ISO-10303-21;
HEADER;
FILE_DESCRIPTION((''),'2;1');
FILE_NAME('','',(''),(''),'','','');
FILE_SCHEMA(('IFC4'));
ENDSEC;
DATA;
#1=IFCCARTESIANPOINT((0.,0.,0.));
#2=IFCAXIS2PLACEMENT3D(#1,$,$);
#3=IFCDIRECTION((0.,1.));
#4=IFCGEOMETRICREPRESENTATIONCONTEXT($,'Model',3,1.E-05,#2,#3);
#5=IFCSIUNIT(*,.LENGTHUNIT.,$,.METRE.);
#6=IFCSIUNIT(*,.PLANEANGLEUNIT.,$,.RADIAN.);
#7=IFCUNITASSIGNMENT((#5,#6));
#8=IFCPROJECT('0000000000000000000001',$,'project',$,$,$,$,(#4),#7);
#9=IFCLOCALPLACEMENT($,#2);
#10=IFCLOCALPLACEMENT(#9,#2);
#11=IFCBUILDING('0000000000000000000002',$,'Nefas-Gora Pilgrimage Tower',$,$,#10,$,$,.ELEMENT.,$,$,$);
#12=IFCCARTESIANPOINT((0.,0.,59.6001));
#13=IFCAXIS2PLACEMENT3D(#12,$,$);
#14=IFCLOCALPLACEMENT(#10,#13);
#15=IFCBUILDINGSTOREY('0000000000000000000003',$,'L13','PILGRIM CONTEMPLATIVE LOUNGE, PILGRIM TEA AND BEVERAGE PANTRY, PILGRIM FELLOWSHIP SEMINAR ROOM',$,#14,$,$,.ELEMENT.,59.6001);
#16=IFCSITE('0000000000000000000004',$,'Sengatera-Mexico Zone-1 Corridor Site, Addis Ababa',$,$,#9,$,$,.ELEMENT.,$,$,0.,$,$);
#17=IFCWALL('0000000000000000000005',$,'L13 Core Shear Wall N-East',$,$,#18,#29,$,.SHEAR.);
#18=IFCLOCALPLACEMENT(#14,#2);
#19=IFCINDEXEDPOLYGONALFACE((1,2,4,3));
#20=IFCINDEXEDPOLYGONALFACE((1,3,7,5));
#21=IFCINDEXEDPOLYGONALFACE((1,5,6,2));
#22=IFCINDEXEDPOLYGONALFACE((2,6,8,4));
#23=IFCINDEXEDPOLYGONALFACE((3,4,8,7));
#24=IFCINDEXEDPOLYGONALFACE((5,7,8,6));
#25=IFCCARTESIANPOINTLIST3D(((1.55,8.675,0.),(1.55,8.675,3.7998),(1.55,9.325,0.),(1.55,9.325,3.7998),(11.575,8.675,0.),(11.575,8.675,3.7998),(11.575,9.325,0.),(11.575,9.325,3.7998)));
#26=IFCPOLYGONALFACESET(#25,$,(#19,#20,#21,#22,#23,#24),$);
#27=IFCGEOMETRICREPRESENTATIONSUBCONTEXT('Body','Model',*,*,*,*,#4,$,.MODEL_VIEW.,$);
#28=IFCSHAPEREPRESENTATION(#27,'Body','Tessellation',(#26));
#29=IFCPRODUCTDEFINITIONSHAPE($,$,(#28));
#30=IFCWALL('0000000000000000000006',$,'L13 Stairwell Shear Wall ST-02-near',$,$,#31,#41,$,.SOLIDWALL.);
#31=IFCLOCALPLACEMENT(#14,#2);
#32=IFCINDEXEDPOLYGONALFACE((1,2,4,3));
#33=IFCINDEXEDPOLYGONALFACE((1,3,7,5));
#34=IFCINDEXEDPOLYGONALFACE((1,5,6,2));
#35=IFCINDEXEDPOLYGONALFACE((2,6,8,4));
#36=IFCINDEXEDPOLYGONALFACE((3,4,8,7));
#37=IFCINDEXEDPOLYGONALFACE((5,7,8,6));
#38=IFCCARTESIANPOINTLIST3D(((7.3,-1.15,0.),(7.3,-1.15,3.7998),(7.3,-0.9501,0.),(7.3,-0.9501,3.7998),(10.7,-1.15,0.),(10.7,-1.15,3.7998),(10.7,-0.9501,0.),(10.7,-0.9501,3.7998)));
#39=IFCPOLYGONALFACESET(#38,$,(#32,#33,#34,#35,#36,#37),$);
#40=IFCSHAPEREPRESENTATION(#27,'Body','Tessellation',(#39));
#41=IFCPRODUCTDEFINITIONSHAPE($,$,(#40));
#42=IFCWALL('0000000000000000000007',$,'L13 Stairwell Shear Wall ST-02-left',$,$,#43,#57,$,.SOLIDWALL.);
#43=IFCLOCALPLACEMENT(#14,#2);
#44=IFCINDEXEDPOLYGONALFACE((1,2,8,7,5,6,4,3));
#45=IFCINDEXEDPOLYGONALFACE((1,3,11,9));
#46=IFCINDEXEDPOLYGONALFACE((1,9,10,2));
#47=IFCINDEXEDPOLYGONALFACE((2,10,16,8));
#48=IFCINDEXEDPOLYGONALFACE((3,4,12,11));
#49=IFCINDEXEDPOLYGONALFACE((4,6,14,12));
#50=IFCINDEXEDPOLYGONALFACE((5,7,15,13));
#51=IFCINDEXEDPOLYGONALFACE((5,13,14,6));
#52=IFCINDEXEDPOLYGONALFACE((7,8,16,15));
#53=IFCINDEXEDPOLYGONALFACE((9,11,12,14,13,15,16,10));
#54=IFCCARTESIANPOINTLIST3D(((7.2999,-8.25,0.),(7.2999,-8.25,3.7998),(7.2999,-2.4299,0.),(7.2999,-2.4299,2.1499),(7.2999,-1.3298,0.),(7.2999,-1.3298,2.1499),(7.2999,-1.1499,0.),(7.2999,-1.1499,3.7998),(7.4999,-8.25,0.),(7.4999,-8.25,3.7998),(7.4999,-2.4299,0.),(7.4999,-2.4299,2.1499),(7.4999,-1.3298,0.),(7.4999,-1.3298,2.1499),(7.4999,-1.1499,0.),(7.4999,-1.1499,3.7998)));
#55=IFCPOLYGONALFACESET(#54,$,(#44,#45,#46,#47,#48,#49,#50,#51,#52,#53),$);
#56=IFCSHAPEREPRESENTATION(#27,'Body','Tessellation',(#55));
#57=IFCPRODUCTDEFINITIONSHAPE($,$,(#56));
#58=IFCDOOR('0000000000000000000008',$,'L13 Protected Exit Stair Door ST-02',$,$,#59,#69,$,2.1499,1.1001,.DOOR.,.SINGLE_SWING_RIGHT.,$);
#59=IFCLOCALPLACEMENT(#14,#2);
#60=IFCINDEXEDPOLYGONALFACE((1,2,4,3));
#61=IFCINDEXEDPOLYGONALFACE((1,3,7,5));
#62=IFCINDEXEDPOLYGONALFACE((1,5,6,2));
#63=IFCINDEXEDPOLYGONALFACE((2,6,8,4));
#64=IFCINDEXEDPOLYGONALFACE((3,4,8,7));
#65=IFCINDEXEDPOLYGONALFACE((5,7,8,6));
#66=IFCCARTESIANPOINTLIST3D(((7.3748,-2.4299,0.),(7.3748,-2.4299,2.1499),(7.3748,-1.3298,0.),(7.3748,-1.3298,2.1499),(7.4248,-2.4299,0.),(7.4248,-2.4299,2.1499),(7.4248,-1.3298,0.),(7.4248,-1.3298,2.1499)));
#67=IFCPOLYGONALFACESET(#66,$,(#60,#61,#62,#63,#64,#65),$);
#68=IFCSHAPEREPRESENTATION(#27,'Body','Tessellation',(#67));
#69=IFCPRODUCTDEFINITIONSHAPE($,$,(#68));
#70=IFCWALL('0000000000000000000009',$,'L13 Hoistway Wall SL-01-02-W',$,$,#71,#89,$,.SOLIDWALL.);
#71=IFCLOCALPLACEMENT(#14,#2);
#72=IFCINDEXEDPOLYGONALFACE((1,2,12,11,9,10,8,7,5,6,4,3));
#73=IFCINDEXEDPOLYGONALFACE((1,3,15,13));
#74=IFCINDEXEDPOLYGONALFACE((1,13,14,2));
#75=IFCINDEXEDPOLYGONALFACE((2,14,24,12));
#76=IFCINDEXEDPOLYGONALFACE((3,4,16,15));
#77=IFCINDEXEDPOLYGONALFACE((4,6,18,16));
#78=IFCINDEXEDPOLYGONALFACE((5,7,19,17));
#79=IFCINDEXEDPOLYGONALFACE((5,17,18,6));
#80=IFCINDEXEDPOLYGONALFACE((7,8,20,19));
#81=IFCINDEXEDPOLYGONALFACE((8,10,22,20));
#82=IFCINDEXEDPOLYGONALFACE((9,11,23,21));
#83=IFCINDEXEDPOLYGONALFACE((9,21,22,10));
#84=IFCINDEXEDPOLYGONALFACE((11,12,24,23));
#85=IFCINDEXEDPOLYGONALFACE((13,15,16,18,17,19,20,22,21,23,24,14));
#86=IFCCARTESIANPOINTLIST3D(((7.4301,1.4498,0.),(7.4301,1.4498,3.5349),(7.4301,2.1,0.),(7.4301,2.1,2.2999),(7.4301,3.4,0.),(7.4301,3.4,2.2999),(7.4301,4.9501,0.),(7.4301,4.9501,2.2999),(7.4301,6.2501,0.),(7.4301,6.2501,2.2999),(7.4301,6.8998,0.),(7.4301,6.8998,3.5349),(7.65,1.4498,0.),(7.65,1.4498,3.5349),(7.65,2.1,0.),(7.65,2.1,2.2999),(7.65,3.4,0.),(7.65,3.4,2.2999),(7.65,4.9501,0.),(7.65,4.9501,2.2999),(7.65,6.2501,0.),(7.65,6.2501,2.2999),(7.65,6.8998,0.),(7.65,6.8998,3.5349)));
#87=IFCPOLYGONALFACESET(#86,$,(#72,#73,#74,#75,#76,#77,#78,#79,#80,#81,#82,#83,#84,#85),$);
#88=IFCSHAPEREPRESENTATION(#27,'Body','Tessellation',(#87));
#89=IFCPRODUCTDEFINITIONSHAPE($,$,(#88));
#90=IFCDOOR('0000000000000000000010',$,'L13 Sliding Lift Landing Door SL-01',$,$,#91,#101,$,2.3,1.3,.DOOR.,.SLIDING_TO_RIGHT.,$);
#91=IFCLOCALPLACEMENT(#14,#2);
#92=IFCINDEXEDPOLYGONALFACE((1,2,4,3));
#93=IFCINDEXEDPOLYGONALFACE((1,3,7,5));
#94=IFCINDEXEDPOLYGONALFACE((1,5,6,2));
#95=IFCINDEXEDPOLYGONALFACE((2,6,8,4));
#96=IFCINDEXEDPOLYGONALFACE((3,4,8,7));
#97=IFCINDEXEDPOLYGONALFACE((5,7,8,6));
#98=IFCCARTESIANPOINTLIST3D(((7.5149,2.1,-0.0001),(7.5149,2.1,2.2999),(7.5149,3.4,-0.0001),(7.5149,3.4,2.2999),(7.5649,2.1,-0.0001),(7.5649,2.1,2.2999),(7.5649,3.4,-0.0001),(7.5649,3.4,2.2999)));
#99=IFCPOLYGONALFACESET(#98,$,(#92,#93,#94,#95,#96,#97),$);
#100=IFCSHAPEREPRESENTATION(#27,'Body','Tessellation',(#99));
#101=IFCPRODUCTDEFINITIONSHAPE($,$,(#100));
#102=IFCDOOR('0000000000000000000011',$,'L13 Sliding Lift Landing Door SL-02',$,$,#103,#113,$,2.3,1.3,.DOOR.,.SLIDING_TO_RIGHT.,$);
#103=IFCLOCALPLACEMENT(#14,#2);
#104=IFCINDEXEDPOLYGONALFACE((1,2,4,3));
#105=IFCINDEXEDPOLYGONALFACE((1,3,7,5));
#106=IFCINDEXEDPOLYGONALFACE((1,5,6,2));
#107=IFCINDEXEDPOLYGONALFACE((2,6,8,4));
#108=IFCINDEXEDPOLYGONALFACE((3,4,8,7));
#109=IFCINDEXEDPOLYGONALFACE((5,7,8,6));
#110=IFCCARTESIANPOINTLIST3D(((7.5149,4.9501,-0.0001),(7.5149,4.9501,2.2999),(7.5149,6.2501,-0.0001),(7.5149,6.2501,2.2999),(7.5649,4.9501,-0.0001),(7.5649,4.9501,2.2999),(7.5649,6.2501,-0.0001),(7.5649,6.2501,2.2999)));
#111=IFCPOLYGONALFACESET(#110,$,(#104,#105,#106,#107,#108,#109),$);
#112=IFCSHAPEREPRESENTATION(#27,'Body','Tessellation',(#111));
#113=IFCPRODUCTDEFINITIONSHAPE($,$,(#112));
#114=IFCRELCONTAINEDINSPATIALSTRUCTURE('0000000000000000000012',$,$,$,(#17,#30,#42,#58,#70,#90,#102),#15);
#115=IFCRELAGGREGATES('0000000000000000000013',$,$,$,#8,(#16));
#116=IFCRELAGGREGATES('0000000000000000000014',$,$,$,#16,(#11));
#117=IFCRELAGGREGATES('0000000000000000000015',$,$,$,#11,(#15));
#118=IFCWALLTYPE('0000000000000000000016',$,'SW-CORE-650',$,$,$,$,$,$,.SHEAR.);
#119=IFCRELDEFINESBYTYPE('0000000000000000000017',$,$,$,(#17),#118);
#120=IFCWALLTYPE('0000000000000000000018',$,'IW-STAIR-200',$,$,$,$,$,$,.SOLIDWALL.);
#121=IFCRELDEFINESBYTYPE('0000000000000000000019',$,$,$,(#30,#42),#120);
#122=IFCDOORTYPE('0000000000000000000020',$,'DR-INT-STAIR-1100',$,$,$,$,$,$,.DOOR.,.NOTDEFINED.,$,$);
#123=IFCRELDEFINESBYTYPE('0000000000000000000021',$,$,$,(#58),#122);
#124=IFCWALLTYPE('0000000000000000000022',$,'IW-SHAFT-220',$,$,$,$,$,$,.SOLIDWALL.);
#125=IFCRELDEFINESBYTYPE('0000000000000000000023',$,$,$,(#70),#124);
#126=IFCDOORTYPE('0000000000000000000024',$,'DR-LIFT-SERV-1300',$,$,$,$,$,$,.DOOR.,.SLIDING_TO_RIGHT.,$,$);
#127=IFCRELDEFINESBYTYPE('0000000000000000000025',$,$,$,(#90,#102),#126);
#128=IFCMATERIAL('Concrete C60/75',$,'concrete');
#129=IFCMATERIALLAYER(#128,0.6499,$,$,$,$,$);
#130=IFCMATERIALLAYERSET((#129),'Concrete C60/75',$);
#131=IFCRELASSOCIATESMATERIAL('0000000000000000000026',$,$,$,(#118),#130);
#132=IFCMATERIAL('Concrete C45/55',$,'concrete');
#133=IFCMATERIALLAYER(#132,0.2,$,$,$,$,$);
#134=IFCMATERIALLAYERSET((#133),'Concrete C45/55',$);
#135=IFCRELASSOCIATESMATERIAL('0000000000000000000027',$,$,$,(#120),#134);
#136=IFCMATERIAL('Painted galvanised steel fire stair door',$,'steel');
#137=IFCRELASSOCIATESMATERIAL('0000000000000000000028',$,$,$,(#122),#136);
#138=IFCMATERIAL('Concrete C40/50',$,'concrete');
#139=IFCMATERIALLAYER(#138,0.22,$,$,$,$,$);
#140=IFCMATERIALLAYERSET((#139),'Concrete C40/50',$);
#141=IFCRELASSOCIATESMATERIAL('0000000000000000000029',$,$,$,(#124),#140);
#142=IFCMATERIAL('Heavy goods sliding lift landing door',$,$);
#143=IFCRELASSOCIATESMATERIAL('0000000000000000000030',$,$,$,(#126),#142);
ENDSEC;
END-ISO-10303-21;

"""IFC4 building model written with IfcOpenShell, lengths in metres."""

from ifc_helpers import new_model, si_unit, direction, frame, frame_2d, origin, place, context, subcontext, project, spatial, rectangle, extrude, source, transform, mapped, material, layer, layer_set, type_object, element, fill, save


model = new_model("IFC4")

# Units and contexts
model_context = context("Model", 3, precision=1e-05, world=origin(), true_north=direction((0.0, 1.0)))
body_context = subcontext(model_context, "Body", "Model", "MODEL_VIEW")
ifc_project = project(units=[si_unit("LENGTHUNIT", "METRE"), si_unit("PLANEANGLEUNIT", "RADIAN")], contexts=[model_context])

# Site, building, storey
site_placement = place(None, origin())
site = spatial("IfcSite", under=ifc_project, at=site_placement, Name="Sengatera-Mexico Zone-1 Corridor Site, Addis Ababa", CompositionType="ELEMENT", RefElevation=0.0)
building_placement = place(site_placement, origin())
building = spatial("IfcBuilding", under=site, at=building_placement, Name="Nefas-Gora Pilgrimage Tower", CompositionType="ELEMENT")
storey_placement = place(building_placement, frame((0.0, 0.0, 59.6001)))
storey = spatial("IfcBuildingStorey", under=building, at=storey_placement, Name="L13", Description="PILGRIM CONTEMPLATIVE LOUNGE, PILGRIM TEA AND BEVERAGE PANTRY, PILGRIM FELLOWSHIP SEMINAR ROOM", CompositionType="ELEMENT", Elevation=59.6001)

# Walls
ifc_material_1 = material(Name="Concrete C60/75", Category="concrete")
ifc_layer_1 = layer(ifc_material_1, 0.6499)
ifc_layer_set_1 = layer_set([ifc_layer_1], Name="Concrete C60/75")
wall_type_1 = type_object("IfcWallType", Name="SW-CORE-650", PredefinedType="SHEAR", material=ifc_layer_set_1)
shared_shape_1 = source(origin(), body_context, "Body", "SweptSolid", [
    extrude(rectangle(XDim=10.0249, YDim=0.6499, at=frame_2d((5.0125, 0.0))), origin(), (0.0, 0.0, 1.0), 3.7998),
])
wall_1_placement = place(storey_placement, frame((1.55, 9.0, 0.0), z_axis=(0.0, 0.0, 1.0), x_axis=(1.0, 0.0, 0.0)))
element("IfcWall", 1, at=wall_1_placement, inside=storey, type_object=wall_type_1, Name="L13 Core Shear Wall N-East", PredefinedType="SHEAR", context=body_context, shape_type="MappedRepresentation", body=[
    mapped(shared_shape_1, transform((0.0, 0.0, 0.0), x_axis=(1.0, 0.0, 0.0), y_axis=(0.0, 1.0, 0.0), z_axis=(0.0, 0.0, 1.0), scale=1.0)),
])
ifc_material_2 = material(Name="Concrete C45/55", Category="concrete")
ifc_layer_2 = layer(ifc_material_2, 0.2)
ifc_layer_set_2 = layer_set([ifc_layer_2], Name="Concrete C45/55")
wall_type_2 = type_object("IfcWallType", Name="IW-STAIR-200", PredefinedType="SOLIDWALL", material=ifc_layer_set_2)
shared_shape_2 = source(origin(), body_context, "Body", "SweptSolid", [
    extrude(rectangle(XDim=3.3999, YDim=0.2, at=frame_2d((1.7, 0.0))), origin(), (0.0, 0.0, 1.0), 3.7998),
])
wall_2_placement = place(storey_placement, frame((7.3, -1.05, 0.0), z_axis=(0.0, 0.0, 1.0), x_axis=(1.0, 0.0, 0.0)))
element("IfcWall", 2, at=wall_2_placement, inside=storey, type_object=wall_type_2, Name="L13 Stairwell Shear Wall ST-02-near", PredefinedType="SOLIDWALL", context=body_context, shape_type="MappedRepresentation", body=[
    mapped(shared_shape_2, transform((0.0, 0.0, 0.0), x_axis=(1.0, 0.0, 0.0), y_axis=(0.0, 1.0, 0.0), z_axis=(0.0, 0.0, 1.0), scale=1.0)),
])

# Wall, opening, door
shared_shape_3 = source(origin(), body_context, "Body", "SweptSolid", [
    extrude(rectangle(XDim=7.1001, YDim=0.2, at=frame_2d((3.55, 0.0))), origin(), (0.0, 0.0, 1.0), 3.7998),
])
wall_3_placement = place(storey_placement, frame((7.3999, -1.1499, 0.0), z_axis=(0.0, 0.0, 1.0), x_axis=(0.0, -1.0, 0.0)))
wall_3 = element("IfcWall", 3, at=wall_3_placement, inside=storey, type_object=wall_type_2, Name="L13 Stairwell Shear Wall ST-02-left", PredefinedType="SOLIDWALL", context=body_context, shape_type="MappedRepresentation", body=[
    mapped(shared_shape_3, transform((0.0, 0.0, 0.0), x_axis=(1.0, 0.0, 0.0), y_axis=(0.0, 1.0, 0.0), z_axis=(0.0, 0.0, 1.0), scale=1.0)),
])
opening_1_placement = place(wall_3_placement, frame((0.1799, 0.0, 0.0)))
opening_1 = element("IfcOpeningElement", 4, at=opening_1_placement, cuts=wall_3, PredefinedType="OPENING", context=body_context, shape_type="SweptSolid", body=[
    extrude(rectangle(XDim=1.1001, YDim=2.1499, at=frame_2d((0.55, 1.075))), frame((0.0, 0.1099, 0.0), z_axis=(0.0, -1.0, 0.0), x_axis=(1.0, 0.0, 0.0)), (0.0, 0.0, 1.0), 0.22),
])
ifc_material_3 = material(Name="Painted galvanised steel fire stair door", Category="steel")
door_type_1 = type_object("IfcDoorType", Name="DR-INT-STAIR-1100", OperationType="NOTDEFINED", PredefinedType="DOOR", material=ifc_material_3)
shared_shape_4 = source(origin(), body_context, "Body", "SweptSolid", [
    extrude(rectangle(XDim=1.1001, YDim=2.1499, at=frame_2d((0.55, 1.075))), frame((0.0, 0.0249, 0.0), z_axis=(0.0, -1.0, 0.0), x_axis=(1.0, 0.0, 0.0)), (0.0, 0.0, 1.0), 0.05),
])
door_1_placement = place(opening_1_placement, origin())
door_1 = element("IfcDoor", 5, at=door_1_placement, inside=storey, type_object=door_type_1, Name="L13 Protected Exit Stair Door ST-02", OperationType="SINGLE_SWING_RIGHT", OverallHeight=2.1499, OverallWidth=1.1001, PredefinedType="DOOR", context=body_context, shape_type="MappedRepresentation", body=[
    mapped(shared_shape_4, transform((0.0, 0.0, 0.0), x_axis=(1.0, 0.0, 0.0), y_axis=(0.0, 1.0, 0.0), z_axis=(0.0, 0.0, 1.0), scale=1.0)),
])
fill(opening_1, door_1)

# Wall, openings, doors
ifc_material_4 = material(Name="Concrete C40/50", Category="concrete")
ifc_layer_3 = layer(ifc_material_4, 0.22)
ifc_layer_set_3 = layer_set([ifc_layer_3], Name="Concrete C40/50")
wall_type_3 = type_object("IfcWallType", Name="IW-SHAFT-220", PredefinedType="SOLIDWALL", material=ifc_layer_set_3)
shared_shape_5 = source(origin(), body_context, "Body", "SweptSolid", [
    extrude(rectangle(XDim=5.45, YDim=0.22, at=frame_2d((2.7251, 0.0))), origin(), (0.0, 0.0, 1.0), 3.5349),
])
wall_4_placement = place(storey_placement, frame((7.54, 6.8999, 0.0), z_axis=(0.0, 0.0, 1.0), x_axis=(0.0, -1.0, 0.0)))
wall_4 = element("IfcWall", 6, at=wall_4_placement, inside=storey, type_object=wall_type_3, Name="L13 Hoistway Wall SL-01-02-W", PredefinedType="SOLIDWALL", context=body_context, shape_type="MappedRepresentation", body=[
    mapped(shared_shape_5, transform((0.0, 0.0, 0.0), x_axis=(1.0, 0.0, 0.0), y_axis=(0.0, 1.0, 0.0), z_axis=(0.0, 0.0, 1.0), scale=1.0)),
])
opening_2_placement = place(wall_4_placement, frame((3.5, 0.0, 0.0)))
opening_2 = element("IfcOpeningElement", 7, at=opening_2_placement, cuts=wall_4, PredefinedType="OPENING", context=body_context, shape_type="SweptSolid", body=[
    extrude(rectangle(XDim=1.3, YDim=2.3, at=frame_2d((0.6499, 1.1499))), frame((0.0, 0.1199, 0.0), z_axis=(0.0, -1.0, 0.0), x_axis=(1.0, 0.0, 0.0)), (0.0, 0.0, 1.0), 0.24),
])
opening_3_placement = place(wall_4_placement, frame((0.6499, 0.0, 0.0)))
opening_3 = element("IfcOpeningElement", 8, at=opening_3_placement, cuts=wall_4, PredefinedType="OPENING", context=body_context, shape_type="SweptSolid", body=[
    extrude(rectangle(XDim=1.3, YDim=2.3, at=frame_2d((0.6499, 1.1499))), frame((0.0, 0.1199, 0.0), z_axis=(0.0, -1.0, 0.0), x_axis=(1.0, 0.0, 0.0)), (0.0, 0.0, 1.0), 0.24),
])
ifc_material_5 = material(Name="Heavy goods sliding lift landing door")
door_type_2 = type_object("IfcDoorType", Name="DR-LIFT-SERV-1300", OperationType="SLIDING_TO_RIGHT", PredefinedType="DOOR", material=ifc_material_5)
shared_shape_6 = source(origin(), body_context, "Body", "SweptSolid", [
    extrude(rectangle(XDim=1.3, YDim=2.3, at=frame_2d((0.6499, 1.1499))), frame((0.0, 0.0249, 0.0), z_axis=(0.0, -1.0, 0.0), x_axis=(1.0, 0.0, 0.0)), (0.0, 0.0, 1.0), 0.05),
])
door_2_placement = place(opening_2_placement, origin())
door_2 = element("IfcDoor", 9, at=door_2_placement, inside=storey, type_object=door_type_2, Name="L13 Sliding Lift Landing Door SL-01", OperationType="SLIDING_TO_RIGHT", OverallHeight=2.3, OverallWidth=1.3, PredefinedType="DOOR", context=body_context, shape_type="MappedRepresentation", body=[
    mapped(shared_shape_6, transform((0.0, 0.0, 0.0), x_axis=(1.0, 0.0, 0.0), y_axis=(0.0, 1.0, 0.0), z_axis=(0.0, 0.0, 1.0), scale=1.0)),
])
fill(opening_2, door_2)
door_3_placement = place(opening_3_placement, origin())
door_3 = element("IfcDoor", 10, at=door_3_placement, inside=storey, type_object=door_type_2, Name="L13 Sliding Lift Landing Door SL-02", OperationType="SLIDING_TO_RIGHT", OverallHeight=2.3, OverallWidth=1.3, PredefinedType="DOOR", context=body_context, shape_type="MappedRepresentation", body=[
    mapped(shared_shape_6, transform((0.0, 0.0, 0.0), x_axis=(1.0, 0.0, 0.0), y_axis=(0.0, 1.0, 0.0), z_axis=(0.0, 0.0, 1.0), scale=1.0)),
])
fill(opening_3, door_3)

save(model, "model.ifc")
